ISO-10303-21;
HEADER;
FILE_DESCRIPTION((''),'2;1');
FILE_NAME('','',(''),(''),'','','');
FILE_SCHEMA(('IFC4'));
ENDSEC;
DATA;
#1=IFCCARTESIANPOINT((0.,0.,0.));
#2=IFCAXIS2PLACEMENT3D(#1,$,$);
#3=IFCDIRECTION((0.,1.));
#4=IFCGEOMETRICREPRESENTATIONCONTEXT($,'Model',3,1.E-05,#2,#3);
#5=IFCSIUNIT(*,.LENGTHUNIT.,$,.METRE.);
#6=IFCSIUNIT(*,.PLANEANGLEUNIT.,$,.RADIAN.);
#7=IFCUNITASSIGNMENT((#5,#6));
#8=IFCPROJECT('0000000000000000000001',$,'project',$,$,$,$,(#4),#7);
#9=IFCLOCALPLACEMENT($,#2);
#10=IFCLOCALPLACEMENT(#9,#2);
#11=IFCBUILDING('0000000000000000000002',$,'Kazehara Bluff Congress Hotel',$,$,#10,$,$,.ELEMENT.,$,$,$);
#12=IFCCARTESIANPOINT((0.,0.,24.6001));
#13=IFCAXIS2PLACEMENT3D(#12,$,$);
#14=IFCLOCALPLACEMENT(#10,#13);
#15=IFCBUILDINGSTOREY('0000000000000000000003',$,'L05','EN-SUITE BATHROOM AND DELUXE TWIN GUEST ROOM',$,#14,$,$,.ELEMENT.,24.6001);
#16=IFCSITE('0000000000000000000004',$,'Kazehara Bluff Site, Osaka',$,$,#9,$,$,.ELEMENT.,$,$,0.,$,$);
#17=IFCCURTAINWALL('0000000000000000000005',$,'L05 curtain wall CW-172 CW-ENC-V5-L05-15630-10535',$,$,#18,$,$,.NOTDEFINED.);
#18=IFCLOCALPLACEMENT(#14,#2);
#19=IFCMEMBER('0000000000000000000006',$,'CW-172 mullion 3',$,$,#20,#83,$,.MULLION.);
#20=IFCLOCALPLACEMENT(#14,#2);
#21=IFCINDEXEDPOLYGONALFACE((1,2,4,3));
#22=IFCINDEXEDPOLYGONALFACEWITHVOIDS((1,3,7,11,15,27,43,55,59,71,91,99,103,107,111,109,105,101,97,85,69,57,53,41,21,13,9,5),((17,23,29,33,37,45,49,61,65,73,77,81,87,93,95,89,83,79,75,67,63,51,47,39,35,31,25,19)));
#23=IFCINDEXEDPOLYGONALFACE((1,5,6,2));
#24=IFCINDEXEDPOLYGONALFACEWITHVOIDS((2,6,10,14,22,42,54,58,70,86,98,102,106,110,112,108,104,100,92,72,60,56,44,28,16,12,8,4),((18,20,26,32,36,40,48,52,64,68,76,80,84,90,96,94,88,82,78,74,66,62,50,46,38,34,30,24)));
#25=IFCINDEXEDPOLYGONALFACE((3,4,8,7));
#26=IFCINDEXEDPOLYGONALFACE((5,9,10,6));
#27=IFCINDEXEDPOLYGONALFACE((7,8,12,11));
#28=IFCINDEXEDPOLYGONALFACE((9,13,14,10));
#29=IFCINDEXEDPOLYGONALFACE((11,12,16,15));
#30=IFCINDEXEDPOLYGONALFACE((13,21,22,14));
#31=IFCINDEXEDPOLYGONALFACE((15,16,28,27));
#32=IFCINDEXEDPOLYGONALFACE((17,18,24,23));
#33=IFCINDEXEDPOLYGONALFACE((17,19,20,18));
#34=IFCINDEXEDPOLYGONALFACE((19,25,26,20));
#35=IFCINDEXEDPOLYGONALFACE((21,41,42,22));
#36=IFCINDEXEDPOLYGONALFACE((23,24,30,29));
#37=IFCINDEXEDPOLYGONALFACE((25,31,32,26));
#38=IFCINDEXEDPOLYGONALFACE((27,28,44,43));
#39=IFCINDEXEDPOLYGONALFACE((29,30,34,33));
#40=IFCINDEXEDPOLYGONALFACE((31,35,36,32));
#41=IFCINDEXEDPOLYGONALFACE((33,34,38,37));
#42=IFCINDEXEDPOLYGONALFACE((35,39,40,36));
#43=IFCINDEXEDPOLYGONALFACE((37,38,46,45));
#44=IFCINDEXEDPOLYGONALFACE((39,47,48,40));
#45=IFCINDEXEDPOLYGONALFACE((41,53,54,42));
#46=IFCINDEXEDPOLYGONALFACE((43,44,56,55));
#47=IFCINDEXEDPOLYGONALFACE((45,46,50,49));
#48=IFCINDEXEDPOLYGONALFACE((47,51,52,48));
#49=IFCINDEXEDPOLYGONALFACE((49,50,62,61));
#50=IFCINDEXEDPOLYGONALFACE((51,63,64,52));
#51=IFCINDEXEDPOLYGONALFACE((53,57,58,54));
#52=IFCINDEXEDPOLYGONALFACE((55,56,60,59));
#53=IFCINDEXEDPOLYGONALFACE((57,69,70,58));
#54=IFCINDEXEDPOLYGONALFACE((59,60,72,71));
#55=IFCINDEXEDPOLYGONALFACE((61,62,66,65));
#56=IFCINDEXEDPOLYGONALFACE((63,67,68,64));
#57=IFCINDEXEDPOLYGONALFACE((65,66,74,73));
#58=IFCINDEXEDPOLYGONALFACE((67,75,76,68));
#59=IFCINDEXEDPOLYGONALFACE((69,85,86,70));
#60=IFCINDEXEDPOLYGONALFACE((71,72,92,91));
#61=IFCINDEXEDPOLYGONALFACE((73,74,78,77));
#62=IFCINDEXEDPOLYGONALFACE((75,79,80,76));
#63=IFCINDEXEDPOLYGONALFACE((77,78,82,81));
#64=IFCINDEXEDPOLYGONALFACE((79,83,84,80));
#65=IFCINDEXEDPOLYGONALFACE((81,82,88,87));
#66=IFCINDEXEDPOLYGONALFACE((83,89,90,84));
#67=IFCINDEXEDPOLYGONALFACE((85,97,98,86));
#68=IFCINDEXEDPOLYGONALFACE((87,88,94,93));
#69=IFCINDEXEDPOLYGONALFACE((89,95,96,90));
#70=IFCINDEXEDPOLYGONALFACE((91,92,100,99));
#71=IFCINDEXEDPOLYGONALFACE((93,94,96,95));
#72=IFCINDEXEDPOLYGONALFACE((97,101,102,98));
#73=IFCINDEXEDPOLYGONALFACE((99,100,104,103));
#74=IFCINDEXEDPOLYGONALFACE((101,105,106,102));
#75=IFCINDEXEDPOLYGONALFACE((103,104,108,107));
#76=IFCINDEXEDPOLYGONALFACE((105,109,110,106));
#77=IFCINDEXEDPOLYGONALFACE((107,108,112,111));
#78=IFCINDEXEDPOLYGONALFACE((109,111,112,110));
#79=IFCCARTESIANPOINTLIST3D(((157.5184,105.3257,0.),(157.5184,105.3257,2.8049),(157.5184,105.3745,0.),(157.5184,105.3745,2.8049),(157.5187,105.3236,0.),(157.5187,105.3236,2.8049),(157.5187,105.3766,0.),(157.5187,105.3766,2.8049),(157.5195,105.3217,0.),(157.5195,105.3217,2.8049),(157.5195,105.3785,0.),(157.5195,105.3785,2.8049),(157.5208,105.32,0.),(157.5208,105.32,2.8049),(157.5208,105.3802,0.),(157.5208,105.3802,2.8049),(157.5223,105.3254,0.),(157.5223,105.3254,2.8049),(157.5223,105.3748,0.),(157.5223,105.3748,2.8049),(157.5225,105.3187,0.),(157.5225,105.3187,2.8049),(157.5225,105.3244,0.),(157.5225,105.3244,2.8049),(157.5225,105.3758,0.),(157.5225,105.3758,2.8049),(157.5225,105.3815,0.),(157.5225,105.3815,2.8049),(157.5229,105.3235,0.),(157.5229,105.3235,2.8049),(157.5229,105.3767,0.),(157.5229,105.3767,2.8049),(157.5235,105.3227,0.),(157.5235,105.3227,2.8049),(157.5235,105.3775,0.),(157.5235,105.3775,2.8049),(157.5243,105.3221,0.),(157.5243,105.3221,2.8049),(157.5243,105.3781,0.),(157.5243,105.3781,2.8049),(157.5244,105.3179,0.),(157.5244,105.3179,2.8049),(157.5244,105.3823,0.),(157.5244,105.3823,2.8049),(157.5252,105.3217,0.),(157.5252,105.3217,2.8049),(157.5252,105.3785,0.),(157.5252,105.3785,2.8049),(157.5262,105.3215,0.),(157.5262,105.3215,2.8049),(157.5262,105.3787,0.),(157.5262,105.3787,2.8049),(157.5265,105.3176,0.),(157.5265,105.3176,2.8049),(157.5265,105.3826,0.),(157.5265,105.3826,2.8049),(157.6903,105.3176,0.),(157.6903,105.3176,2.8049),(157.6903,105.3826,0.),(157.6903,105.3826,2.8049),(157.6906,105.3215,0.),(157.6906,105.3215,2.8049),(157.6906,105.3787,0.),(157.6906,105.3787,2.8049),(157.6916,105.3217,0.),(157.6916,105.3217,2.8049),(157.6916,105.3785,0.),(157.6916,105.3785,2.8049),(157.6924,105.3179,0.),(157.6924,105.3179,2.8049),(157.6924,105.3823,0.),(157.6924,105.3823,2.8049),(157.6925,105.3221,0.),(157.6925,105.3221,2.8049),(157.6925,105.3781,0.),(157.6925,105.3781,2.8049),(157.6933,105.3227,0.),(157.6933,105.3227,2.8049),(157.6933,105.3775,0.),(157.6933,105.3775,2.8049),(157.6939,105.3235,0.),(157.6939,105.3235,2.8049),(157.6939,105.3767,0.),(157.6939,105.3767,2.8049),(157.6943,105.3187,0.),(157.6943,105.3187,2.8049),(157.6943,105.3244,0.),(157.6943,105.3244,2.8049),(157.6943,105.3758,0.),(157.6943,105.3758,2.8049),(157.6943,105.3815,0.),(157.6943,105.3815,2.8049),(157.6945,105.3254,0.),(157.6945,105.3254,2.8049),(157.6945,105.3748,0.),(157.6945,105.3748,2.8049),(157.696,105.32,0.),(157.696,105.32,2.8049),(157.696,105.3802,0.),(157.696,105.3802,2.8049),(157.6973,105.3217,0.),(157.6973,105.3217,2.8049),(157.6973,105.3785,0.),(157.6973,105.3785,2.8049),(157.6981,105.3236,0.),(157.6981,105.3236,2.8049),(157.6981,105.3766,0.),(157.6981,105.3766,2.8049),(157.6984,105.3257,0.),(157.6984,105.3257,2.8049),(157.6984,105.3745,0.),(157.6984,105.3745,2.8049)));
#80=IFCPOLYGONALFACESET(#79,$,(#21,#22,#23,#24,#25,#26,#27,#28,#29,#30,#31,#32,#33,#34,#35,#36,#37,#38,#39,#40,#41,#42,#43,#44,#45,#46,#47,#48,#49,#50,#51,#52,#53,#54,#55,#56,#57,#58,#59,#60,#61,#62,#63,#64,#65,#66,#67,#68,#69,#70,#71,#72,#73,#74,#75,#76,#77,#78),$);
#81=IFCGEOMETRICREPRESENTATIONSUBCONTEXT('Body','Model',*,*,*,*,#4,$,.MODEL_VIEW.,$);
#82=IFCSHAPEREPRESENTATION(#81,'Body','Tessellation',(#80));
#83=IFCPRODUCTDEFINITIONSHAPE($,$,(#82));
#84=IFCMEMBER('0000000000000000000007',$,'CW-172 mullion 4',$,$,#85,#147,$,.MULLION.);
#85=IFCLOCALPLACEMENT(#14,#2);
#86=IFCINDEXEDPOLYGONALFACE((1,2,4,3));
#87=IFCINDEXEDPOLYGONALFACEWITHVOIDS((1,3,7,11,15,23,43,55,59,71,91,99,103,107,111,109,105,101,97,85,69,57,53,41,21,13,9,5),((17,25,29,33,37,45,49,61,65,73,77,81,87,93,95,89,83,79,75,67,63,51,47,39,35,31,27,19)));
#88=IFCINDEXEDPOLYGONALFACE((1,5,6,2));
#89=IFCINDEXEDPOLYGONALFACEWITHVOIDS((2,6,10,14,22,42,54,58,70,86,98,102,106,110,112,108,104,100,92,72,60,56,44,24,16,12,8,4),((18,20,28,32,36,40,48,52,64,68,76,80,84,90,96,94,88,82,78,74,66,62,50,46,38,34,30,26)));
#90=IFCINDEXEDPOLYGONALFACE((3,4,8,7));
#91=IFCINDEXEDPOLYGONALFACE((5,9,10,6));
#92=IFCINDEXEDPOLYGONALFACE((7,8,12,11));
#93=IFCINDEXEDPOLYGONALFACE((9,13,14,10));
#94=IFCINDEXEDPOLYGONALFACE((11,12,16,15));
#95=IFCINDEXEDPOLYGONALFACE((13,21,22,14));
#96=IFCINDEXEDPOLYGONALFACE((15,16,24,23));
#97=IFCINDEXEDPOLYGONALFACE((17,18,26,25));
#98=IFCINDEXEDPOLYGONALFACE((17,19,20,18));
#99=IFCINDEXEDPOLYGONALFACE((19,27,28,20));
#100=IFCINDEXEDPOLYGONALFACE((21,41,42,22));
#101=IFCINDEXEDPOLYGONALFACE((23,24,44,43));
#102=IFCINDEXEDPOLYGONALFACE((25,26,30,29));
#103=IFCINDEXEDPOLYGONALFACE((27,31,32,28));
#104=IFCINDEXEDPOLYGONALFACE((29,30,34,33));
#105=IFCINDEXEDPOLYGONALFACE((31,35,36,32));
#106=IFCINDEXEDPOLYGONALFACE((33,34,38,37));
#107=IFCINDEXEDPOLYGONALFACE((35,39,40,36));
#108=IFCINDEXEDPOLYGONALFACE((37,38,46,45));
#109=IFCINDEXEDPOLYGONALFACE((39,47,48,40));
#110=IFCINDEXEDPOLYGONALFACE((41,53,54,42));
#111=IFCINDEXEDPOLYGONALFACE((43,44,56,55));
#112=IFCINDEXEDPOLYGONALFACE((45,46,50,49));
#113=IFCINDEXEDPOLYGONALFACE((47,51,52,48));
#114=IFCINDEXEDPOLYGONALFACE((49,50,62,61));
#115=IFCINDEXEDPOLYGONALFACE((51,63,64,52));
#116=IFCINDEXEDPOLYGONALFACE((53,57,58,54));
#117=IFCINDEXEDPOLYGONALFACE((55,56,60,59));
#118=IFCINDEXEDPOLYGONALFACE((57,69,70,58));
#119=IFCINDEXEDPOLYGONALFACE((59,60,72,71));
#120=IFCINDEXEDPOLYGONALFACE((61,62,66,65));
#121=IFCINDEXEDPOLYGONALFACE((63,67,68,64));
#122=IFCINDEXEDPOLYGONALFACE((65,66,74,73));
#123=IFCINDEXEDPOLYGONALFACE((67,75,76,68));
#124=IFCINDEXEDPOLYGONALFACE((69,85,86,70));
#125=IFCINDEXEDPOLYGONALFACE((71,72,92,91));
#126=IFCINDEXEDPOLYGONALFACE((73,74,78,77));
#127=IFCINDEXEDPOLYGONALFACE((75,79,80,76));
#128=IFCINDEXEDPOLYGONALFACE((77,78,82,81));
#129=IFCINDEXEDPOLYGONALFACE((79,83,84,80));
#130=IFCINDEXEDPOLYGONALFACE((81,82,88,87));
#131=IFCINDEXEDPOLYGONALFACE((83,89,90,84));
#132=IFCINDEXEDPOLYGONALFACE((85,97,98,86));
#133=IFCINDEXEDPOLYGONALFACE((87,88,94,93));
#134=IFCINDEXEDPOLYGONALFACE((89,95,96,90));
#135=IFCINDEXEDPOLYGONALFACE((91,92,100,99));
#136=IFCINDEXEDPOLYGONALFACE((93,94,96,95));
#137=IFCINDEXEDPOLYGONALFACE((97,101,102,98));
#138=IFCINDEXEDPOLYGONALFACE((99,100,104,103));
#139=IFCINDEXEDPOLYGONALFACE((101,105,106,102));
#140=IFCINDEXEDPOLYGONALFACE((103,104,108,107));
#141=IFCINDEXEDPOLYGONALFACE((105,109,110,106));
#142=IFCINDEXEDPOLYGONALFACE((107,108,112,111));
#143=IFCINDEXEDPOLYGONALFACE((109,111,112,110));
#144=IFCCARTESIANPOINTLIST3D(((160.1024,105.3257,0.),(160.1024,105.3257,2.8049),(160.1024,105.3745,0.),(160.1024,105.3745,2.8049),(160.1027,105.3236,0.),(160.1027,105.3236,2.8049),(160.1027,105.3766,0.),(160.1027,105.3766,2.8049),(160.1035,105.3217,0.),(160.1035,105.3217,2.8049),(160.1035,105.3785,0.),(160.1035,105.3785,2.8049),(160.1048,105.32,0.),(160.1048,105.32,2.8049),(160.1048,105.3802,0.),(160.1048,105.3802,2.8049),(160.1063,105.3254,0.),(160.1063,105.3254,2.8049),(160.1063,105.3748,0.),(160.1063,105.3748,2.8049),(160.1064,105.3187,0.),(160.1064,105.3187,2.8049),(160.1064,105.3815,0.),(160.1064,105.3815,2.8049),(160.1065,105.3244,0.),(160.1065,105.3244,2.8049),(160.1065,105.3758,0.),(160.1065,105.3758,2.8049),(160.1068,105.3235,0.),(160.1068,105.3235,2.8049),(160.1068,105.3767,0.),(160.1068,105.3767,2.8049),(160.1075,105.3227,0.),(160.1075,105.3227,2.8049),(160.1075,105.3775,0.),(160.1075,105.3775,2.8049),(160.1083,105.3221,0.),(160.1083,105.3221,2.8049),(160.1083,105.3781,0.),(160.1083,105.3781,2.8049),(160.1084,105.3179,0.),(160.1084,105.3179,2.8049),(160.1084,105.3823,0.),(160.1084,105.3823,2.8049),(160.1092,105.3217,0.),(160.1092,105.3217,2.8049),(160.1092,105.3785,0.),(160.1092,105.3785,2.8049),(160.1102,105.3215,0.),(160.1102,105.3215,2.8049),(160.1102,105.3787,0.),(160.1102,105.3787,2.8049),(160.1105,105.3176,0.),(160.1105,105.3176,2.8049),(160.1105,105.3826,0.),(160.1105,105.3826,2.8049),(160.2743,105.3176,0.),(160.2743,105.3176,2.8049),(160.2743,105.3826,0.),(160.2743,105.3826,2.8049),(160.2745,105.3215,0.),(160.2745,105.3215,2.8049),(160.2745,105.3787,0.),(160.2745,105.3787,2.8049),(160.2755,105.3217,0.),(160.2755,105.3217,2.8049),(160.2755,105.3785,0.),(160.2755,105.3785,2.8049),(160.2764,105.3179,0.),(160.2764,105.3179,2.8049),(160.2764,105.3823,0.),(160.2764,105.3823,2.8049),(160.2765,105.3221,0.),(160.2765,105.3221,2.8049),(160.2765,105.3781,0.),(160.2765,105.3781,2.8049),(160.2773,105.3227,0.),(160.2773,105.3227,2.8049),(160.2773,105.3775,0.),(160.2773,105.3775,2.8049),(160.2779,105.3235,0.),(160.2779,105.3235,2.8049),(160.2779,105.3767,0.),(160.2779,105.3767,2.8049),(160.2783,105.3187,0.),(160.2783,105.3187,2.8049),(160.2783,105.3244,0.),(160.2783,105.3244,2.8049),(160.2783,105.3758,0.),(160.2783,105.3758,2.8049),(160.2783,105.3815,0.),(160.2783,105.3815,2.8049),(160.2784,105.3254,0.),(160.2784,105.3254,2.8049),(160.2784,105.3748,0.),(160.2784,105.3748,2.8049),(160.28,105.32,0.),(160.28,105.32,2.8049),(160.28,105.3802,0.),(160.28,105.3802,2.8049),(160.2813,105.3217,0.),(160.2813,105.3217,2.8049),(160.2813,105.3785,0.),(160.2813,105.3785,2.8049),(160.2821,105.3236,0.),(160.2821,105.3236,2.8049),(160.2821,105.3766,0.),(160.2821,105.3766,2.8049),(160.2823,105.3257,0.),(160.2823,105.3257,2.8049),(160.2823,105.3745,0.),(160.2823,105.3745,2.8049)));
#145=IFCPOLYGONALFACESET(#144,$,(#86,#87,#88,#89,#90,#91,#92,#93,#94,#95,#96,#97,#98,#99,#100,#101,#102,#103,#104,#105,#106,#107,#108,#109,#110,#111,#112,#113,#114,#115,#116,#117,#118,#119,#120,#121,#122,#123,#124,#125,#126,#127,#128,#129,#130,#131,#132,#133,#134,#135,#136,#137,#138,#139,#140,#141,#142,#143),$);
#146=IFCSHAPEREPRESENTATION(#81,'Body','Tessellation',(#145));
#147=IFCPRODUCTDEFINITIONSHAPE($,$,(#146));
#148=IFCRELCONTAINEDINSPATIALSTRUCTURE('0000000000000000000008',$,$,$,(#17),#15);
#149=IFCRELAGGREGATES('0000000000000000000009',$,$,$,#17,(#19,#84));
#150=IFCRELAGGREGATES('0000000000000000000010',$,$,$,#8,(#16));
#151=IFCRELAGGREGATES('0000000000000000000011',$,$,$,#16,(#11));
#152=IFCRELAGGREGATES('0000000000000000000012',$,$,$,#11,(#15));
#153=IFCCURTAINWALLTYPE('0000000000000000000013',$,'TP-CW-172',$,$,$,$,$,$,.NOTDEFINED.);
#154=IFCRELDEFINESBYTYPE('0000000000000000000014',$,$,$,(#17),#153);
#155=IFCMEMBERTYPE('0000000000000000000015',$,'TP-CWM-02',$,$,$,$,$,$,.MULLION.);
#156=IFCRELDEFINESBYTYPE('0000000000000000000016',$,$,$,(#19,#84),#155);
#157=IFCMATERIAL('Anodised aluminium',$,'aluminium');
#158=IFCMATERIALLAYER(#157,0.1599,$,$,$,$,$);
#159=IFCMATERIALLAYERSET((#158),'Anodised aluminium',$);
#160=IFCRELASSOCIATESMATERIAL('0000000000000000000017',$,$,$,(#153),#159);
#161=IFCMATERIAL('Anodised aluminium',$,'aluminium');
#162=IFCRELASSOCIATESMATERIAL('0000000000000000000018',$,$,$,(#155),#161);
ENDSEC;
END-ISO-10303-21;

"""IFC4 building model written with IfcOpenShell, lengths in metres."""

from ifc_helpers import new_model, si_unit, direction, frame, origin, origin_2d, place, context, subcontext, project, spatial, hollow_rectangle, extrude, material, layer, layer_set, material_profile, profile_set, type_object, element, aggregate, save


model = new_model("IFC4")

# Units and contexts
model_context = context("Model", 3, precision=1e-05, world=origin(), true_north=direction((0.0, 1.0)))
body_context = subcontext(model_context, "Body", "Model", "MODEL_VIEW")
ifc_project = project(units=[si_unit("LENGTHUNIT", "METRE"), si_unit("PLANEANGLEUNIT", "RADIAN")], contexts=[model_context])

# Site, building, storey
site_placement = place(None, origin())
site = spatial("IfcSite", under=ifc_project, at=site_placement, Name="Kazehara Bluff Site, Osaka", CompositionType="ELEMENT", RefElevation=0.0)
building_placement = place(site_placement, origin())
building = spatial("IfcBuilding", under=site, at=building_placement, Name="Kazehara Bluff Congress Hotel", CompositionType="ELEMENT")
storey_placement = place(building_placement, frame((0.0, 0.0, 24.6001)))
storey = spatial("IfcBuildingStorey", under=building, at=storey_placement, Name="L05", Description="EN-SUITE BATHROOM AND DELUXE TWIN GUEST ROOM", CompositionType="ELEMENT", Elevation=24.6001)

# Curtain wall, members
ifc_material_1 = material(Name="Anodised aluminium", Category="aluminium")
ifc_layer_1 = layer(ifc_material_1, 0.1599)
ifc_layer_set_1 = layer_set([ifc_layer_1], Name="Anodised aluminium")
curtain_wall_type = type_object("IfcCurtainWallType", Name="TP-CW-172", PredefinedType="NOTDEFINED", material=ifc_layer_set_1)
curtain_wall_placement = place(storey_placement, origin())
curtain_wall = element("IfcCurtainWall", 1, at=curtain_wall_placement, inside=storey, type_object=curtain_wall_type, Name="L05 curtain wall CW-172 CW-ENC-V5-L05-15630-10535", PredefinedType="NOTDEFINED")
ifc_material_2 = material(Name="Anodised aluminium", Category="aluminium")
ifc_material_profile_1 = material_profile(ifc_material_2, hollow_rectangle(XDim=0.0649, YDim=0.1799, WallThickness=0.0039, InnerFilletRadius=0.0039, OuterFilletRadius=0.0081, at=origin_2d()))
ifc_profile_set_1 = profile_set([ifc_material_profile_1], Name="Anodised aluminium")
member_type_1 = type_object("IfcMemberType", Name="TP-CWM-02", PredefinedType="MULLION", material=ifc_profile_set_1)
member_1_placement = place(storey_placement, frame((157.6084, 105.3501, 0.0), z_axis=(0.0, 0.0, 1.0), x_axis=(0.0, 1.0, 0.0)))
member_1 = element("IfcMember", 2, at=member_1_placement, type_object=member_type_1, Name="CW-172 mullion 3", PredefinedType="MULLION", context=body_context, shape_type="SweptSolid", body=[
    extrude(hollow_rectangle(XDim=0.0649, YDim=0.1799, WallThickness=0.0039, InnerFilletRadius=0.0039, OuterFilletRadius=0.0081, at=origin_2d()), origin(), (0.0, 0.0, 1.0), 2.8049),
])
member_2_placement = place(storey_placement, frame((160.1924, 105.3501, 0.0), z_axis=(0.0, 0.0, 1.0), x_axis=(0.0, 1.0, 0.0)))
member_2 = element("IfcMember", 3, at=member_2_placement, type_object=member_type_1, Name="CW-172 mullion 4", PredefinedType="MULLION", context=body_context, shape_type="SweptSolid", body=[
    extrude(hollow_rectangle(XDim=0.0649, YDim=0.1799, WallThickness=0.0039, InnerFilletRadius=0.0039, OuterFilletRadius=0.0081, at=origin_2d()), origin(), (0.0, 0.0, 1.0), 2.8049),
])

aggregate(curtain_wall, [member_1, member_2])

save(model, "model.ifc")
